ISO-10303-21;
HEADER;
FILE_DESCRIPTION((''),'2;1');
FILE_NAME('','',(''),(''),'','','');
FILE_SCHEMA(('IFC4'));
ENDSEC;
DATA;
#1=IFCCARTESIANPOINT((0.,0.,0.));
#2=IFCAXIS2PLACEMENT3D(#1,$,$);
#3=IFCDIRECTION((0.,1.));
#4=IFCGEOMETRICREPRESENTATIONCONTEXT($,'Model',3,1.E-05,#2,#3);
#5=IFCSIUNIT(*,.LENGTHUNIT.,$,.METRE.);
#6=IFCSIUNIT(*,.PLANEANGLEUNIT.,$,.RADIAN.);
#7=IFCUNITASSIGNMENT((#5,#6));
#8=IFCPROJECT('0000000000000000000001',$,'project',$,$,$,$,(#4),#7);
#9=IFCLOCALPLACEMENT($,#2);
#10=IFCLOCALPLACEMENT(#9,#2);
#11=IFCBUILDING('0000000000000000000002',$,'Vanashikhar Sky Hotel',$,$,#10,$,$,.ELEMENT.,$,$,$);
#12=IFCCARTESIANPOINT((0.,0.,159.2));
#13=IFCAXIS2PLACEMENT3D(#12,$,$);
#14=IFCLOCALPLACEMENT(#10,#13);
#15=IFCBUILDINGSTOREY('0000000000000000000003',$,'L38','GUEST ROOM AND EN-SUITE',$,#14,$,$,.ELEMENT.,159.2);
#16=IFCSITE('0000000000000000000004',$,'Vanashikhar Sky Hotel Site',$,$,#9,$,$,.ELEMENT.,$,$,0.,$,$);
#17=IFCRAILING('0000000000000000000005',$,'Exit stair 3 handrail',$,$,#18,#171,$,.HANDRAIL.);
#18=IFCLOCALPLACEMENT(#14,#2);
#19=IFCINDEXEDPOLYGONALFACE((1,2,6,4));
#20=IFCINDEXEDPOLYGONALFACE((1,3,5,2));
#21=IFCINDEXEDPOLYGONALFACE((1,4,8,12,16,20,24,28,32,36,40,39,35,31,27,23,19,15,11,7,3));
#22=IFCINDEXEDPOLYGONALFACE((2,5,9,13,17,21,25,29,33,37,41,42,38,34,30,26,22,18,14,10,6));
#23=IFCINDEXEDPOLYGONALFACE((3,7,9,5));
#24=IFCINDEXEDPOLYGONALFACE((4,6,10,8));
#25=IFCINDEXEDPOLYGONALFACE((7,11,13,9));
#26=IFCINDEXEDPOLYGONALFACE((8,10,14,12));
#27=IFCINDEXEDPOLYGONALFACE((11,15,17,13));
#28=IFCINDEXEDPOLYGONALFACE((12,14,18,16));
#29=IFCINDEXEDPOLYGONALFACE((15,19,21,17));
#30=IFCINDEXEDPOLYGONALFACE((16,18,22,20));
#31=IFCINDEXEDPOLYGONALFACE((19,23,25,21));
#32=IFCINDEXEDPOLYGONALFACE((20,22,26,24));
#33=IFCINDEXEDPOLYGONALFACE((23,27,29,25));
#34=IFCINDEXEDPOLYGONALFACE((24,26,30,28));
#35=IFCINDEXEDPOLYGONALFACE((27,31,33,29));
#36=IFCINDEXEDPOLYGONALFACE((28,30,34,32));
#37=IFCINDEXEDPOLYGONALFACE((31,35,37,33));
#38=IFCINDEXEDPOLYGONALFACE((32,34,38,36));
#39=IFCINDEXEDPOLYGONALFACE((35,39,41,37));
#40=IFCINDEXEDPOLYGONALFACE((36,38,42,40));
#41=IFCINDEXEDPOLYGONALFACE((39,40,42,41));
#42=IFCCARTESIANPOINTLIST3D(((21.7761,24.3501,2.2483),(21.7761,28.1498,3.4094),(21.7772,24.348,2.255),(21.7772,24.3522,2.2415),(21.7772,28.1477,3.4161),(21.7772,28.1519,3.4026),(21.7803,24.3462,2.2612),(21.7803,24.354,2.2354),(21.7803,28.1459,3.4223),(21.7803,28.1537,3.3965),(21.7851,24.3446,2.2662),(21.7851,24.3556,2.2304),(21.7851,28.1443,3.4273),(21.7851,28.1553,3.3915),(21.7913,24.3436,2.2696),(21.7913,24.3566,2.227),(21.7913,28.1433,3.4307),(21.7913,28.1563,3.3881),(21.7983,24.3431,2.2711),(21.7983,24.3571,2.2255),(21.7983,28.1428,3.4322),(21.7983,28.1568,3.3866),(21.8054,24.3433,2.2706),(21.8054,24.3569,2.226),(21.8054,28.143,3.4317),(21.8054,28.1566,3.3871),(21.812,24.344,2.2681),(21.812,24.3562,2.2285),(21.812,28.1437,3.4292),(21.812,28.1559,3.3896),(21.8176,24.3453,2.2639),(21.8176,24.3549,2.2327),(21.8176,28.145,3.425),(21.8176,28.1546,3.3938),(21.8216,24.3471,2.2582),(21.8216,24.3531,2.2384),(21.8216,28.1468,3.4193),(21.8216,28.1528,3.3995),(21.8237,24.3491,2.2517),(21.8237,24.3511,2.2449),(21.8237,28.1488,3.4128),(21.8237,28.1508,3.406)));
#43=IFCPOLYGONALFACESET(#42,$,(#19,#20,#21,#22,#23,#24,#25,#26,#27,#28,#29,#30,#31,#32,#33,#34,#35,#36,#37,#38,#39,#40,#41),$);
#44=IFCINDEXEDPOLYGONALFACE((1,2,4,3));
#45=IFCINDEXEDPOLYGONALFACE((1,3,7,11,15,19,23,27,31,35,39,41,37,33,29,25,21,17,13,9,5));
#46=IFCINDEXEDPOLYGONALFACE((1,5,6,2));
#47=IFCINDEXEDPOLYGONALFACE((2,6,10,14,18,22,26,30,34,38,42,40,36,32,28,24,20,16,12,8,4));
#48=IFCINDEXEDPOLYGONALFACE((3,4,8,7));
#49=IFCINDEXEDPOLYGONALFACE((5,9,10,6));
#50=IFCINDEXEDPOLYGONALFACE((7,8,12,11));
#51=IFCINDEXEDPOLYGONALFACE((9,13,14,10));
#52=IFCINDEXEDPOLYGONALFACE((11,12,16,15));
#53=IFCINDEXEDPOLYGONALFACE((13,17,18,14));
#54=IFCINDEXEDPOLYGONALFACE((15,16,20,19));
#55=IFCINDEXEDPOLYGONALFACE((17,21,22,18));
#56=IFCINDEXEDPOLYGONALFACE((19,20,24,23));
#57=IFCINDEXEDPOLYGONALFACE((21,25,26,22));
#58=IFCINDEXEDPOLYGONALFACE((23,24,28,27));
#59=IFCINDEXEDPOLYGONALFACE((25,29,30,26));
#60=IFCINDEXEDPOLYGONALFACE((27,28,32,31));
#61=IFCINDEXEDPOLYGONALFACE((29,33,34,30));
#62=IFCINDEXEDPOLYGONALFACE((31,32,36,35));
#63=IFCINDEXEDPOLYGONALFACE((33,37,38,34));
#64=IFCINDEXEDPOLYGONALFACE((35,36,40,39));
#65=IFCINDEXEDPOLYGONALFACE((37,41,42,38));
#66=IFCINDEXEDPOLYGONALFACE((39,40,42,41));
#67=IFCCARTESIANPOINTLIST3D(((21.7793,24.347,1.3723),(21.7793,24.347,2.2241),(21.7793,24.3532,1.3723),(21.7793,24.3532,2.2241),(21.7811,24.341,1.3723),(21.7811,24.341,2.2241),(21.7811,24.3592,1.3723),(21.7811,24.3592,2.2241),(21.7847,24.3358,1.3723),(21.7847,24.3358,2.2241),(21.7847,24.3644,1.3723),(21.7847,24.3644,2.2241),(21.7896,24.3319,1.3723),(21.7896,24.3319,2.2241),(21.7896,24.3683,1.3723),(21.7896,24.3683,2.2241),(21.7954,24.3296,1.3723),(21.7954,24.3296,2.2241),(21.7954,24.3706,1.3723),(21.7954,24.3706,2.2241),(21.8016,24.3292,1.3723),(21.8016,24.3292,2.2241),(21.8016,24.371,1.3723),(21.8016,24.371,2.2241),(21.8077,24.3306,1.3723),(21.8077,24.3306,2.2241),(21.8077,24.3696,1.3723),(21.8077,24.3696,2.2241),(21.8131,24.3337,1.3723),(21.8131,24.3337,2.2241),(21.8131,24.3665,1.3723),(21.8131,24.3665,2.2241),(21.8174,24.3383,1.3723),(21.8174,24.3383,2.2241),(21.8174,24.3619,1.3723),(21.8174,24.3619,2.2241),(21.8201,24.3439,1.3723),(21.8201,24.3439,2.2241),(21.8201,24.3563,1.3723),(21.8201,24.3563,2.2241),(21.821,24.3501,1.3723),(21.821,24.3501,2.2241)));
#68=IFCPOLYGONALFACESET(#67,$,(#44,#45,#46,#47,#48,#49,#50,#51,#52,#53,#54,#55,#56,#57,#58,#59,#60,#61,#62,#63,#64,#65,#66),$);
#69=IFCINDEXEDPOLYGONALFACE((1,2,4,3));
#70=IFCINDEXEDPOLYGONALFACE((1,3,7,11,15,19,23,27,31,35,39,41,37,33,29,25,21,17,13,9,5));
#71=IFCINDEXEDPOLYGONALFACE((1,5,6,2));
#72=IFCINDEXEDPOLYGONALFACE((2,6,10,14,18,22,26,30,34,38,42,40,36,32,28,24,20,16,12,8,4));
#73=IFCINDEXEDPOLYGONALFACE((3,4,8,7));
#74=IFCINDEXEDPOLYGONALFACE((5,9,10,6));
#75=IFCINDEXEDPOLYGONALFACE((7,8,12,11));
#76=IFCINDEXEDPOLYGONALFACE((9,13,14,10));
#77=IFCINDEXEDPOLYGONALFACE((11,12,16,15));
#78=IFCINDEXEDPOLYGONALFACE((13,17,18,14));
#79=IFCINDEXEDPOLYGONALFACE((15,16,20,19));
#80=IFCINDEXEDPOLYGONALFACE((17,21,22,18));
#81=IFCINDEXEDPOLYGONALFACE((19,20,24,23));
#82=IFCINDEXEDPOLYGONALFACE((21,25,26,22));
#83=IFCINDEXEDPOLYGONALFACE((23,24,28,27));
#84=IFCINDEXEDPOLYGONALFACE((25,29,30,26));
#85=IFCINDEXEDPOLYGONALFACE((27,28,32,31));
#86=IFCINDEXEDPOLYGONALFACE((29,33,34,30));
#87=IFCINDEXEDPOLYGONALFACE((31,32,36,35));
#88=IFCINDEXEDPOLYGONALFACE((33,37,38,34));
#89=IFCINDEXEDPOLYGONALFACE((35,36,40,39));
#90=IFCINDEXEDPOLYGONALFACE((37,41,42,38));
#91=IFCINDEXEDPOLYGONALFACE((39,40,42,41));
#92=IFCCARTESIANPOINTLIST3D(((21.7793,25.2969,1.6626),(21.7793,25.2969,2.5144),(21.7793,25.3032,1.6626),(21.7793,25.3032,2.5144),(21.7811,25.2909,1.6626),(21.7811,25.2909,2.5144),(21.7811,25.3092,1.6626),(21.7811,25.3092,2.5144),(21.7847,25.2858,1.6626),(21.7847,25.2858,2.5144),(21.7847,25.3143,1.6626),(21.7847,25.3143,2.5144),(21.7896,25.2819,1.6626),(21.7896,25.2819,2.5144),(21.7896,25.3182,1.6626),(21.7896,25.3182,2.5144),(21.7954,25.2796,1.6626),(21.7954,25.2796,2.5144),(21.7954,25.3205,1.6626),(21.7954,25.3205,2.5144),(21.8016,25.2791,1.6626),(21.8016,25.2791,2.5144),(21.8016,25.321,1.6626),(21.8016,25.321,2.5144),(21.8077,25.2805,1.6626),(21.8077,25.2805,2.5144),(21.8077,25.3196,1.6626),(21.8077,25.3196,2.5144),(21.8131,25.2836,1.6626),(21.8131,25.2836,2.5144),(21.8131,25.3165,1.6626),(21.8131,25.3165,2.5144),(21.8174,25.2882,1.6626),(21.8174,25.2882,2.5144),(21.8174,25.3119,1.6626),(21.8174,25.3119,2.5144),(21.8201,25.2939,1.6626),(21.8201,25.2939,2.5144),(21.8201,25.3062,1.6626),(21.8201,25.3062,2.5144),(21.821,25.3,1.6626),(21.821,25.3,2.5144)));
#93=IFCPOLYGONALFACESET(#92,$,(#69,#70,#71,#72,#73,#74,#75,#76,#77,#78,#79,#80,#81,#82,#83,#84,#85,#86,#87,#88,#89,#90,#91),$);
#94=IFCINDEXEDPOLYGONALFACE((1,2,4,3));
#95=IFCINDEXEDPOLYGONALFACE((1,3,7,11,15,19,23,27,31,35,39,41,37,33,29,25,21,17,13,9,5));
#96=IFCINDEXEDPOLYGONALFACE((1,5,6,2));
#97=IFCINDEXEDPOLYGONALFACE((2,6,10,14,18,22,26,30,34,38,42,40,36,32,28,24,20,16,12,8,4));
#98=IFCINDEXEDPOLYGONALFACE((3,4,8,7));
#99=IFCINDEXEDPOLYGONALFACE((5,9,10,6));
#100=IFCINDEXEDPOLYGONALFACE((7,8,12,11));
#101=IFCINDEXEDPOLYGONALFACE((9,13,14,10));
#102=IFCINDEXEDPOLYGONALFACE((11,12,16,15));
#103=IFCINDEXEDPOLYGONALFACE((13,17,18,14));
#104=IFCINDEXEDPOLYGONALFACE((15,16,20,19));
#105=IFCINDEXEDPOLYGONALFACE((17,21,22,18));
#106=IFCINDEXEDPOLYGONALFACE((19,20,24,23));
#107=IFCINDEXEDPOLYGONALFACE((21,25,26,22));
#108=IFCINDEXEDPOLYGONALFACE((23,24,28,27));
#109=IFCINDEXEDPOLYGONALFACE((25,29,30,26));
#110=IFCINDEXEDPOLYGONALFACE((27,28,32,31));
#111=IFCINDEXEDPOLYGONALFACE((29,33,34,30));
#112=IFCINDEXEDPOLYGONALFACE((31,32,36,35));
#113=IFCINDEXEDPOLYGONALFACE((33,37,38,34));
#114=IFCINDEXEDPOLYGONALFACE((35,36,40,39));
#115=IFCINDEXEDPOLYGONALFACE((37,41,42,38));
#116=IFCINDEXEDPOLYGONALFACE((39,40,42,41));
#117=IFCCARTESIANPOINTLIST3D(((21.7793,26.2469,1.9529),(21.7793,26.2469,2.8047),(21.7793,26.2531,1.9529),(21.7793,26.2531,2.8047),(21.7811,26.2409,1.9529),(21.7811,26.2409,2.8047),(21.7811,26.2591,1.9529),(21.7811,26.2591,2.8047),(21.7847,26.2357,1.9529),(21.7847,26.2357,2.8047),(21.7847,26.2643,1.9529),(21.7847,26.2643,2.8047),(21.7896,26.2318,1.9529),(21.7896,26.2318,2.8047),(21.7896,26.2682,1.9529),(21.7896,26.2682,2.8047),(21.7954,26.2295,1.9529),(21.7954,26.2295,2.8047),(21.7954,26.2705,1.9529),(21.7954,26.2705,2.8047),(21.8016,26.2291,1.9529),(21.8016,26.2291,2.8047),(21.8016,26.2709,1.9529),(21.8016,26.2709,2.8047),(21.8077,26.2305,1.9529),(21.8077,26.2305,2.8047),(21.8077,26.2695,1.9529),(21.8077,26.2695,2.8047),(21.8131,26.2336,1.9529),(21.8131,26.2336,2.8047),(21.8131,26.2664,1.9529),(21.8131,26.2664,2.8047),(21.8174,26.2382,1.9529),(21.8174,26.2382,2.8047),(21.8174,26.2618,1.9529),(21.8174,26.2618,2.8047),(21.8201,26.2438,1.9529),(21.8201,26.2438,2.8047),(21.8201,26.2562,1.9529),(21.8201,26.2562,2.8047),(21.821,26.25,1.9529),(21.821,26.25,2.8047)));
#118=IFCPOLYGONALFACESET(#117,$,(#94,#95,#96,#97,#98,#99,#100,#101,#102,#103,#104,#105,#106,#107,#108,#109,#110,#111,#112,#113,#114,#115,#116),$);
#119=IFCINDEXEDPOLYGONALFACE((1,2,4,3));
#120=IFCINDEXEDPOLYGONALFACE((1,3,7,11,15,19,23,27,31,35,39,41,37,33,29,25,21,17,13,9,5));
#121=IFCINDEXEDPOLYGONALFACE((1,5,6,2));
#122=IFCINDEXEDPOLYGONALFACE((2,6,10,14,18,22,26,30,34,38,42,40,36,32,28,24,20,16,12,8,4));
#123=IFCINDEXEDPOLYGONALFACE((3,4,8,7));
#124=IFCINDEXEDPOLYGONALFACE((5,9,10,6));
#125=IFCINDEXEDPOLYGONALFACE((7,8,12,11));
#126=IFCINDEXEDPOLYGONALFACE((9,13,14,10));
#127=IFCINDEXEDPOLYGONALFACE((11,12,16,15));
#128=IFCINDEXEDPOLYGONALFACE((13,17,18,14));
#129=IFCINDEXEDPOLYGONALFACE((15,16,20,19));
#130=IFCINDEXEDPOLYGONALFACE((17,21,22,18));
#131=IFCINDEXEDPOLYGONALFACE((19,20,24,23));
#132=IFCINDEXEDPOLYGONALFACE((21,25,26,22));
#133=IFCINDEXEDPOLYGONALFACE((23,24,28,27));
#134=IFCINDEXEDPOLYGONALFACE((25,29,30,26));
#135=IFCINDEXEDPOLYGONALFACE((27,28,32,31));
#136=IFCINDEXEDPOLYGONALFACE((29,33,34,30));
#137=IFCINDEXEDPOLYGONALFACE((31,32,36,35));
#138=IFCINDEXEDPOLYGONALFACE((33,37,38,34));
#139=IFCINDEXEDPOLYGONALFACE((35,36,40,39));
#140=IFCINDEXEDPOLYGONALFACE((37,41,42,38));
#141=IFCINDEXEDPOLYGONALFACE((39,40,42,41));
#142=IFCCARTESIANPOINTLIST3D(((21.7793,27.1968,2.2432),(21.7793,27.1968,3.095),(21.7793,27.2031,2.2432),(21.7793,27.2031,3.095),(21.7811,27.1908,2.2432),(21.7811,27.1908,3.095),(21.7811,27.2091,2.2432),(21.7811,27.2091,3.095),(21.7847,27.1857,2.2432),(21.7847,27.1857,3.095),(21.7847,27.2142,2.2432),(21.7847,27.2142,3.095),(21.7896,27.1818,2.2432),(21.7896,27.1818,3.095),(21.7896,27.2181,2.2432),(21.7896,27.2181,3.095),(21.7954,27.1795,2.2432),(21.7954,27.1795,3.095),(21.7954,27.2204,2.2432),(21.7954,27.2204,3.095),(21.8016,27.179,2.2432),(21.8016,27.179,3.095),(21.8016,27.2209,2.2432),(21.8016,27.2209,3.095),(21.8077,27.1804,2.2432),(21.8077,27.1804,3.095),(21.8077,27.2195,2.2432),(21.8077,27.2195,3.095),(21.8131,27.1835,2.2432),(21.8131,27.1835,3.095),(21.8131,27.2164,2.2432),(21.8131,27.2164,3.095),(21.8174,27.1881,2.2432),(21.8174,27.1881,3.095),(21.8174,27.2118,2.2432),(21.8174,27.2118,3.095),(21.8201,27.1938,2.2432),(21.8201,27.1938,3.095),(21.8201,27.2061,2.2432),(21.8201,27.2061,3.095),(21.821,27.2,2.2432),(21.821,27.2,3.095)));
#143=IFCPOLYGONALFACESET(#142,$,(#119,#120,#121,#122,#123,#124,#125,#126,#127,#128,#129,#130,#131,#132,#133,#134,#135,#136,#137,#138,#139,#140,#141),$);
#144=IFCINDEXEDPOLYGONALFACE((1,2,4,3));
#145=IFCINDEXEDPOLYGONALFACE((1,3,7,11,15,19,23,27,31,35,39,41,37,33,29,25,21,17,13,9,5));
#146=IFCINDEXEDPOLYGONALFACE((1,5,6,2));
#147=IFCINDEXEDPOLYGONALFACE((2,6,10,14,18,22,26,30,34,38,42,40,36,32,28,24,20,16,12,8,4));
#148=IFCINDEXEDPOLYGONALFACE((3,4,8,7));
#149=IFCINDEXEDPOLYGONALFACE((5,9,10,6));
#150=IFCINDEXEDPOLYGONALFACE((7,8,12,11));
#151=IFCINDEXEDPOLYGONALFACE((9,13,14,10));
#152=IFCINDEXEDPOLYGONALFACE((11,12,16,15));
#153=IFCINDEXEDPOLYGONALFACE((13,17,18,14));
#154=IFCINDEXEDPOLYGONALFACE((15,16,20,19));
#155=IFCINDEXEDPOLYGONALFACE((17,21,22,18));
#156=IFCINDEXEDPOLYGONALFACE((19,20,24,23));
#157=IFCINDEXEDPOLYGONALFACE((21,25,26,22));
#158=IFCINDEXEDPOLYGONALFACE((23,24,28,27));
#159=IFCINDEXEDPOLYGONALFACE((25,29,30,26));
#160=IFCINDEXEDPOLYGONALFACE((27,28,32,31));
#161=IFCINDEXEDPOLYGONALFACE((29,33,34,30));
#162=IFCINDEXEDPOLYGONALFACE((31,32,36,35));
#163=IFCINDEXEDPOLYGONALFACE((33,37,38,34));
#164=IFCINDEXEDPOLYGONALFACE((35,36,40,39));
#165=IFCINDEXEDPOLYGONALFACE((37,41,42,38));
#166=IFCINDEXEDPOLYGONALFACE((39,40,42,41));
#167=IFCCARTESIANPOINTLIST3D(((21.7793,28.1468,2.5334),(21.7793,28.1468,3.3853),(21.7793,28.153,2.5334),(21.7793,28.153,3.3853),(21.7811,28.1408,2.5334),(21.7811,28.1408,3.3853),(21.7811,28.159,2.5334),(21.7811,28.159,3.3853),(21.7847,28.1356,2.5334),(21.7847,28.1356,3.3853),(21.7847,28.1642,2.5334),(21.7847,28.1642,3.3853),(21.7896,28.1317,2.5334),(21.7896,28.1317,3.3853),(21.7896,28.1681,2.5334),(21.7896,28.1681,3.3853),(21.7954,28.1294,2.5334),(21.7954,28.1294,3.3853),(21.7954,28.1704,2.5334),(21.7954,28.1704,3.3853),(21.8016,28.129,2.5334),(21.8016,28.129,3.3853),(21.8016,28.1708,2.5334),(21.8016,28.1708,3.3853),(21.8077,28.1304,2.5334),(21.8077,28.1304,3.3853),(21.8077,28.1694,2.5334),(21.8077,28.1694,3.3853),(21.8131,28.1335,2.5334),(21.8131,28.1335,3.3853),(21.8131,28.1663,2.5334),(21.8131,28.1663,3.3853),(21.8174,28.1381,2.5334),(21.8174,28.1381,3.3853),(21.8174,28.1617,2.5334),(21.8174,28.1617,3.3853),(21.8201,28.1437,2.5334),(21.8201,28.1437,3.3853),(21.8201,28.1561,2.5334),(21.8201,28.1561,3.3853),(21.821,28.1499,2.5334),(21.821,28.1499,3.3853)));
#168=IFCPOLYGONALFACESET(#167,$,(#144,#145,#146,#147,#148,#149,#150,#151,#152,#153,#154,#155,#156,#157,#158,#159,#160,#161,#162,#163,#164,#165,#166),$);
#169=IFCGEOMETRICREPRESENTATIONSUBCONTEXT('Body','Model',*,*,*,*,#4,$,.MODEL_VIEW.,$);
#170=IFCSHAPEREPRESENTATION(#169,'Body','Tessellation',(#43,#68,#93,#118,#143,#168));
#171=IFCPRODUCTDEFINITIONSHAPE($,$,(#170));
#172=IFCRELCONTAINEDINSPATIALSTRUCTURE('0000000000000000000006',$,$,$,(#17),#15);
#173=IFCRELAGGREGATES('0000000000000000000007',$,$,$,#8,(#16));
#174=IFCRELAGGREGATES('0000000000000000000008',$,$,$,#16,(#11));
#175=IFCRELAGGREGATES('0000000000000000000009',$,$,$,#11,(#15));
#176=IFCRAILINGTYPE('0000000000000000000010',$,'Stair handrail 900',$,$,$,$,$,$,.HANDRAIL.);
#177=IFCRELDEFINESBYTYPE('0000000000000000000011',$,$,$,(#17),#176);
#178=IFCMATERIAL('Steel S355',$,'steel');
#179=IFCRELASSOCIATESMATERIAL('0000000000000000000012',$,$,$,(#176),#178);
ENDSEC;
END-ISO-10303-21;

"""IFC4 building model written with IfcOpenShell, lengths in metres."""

from ifc_helpers import new_model, si_unit, direction, frame, origin, origin_2d, place, context, subcontext, project, spatial, circle, extrude, source, transform, mapped, material, type_object, element, save


model = new_model("IFC4")

# Units and contexts
model_context = context("Model", 3, precision=1e-05, world=origin(), true_north=direction((0.0, 1.0)))
body_context = subcontext(model_context, "Body", "Model", "MODEL_VIEW")
ifc_project = project(units=[si_unit("LENGTHUNIT", "METRE"), si_unit("PLANEANGLEUNIT", "RADIAN")], contexts=[model_context])

# Site, building, storey
site_placement = place(None, origin())
site = spatial("IfcSite", under=ifc_project, at=site_placement, Name="Vanashikhar Sky Hotel Site", CompositionType="ELEMENT", RefElevation=0.0)
building_placement = place(site_placement, origin())
building = spatial("IfcBuilding", under=site, at=building_placement, Name="Vanashikhar Sky Hotel", CompositionType="ELEMENT")
storey_placement = place(building_placement, frame((0.0, 0.0, 159.2)))
storey = spatial("IfcBuildingStorey", under=building, at=storey_placement, Name="L38", Description="GUEST ROOM AND EN-SUITE", CompositionType="ELEMENT", Elevation=159.2)

# Railing
ifc_material_1 = material(Name="Steel S355", Category="steel")
railing_type = type_object("IfcRailingType", Name="Stair handrail 900", PredefinedType="HANDRAIL", material=ifc_material_1)
shared_shape_1 = source(origin(), body_context, "Body", "SweptSolid", [
    extrude(circle(Radius=0.0239, at=origin_2d()), frame((0.0, 0.0, 0.876), z_axis=(0.0, 0.956346, 0.292237), x_axis=(-1.0, 0.0, 0.0)), (0.0, 0.0, 1.0), 3.9731),
    extrude(circle(Radius=0.021, at=origin_2d()), origin(), (0.0, 0.0, 1.0), 0.8518),
    extrude(circle(Radius=0.021, at=origin_2d()), frame((0.0, 0.95, 0.2903)), (0.0, 0.0, 1.0), 0.8518),
    extrude(circle(Radius=0.021, at=origin_2d()), frame((0.0, 1.8999, 0.5806)), (0.0, 0.0, 1.0), 0.8518),
    extrude(circle(Radius=0.021, at=origin_2d()), frame((0.0, 2.8499, 0.8708)), (0.0, 0.0, 1.0), 0.8518),
    extrude(circle(Radius=0.021, at=origin_2d()), frame((0.0, 3.7998, 1.1611)), (0.0, 0.0, 1.0), 0.8518),
])
railing_1_placement = place(storey_placement, frame((21.8, 24.3501, 1.3723)))
element("IfcRailing", 1, at=railing_1_placement, inside=storey, type_object=railing_type, Name="Exit stair 3 handrail", PredefinedType="HANDRAIL", context=body_context, shape_type="MappedRepresentation", body=[
    mapped(shared_shape_1, transform((0.0, 0.0, 0.0), scale=1.0)),
])

save(model, "model.ifc")
